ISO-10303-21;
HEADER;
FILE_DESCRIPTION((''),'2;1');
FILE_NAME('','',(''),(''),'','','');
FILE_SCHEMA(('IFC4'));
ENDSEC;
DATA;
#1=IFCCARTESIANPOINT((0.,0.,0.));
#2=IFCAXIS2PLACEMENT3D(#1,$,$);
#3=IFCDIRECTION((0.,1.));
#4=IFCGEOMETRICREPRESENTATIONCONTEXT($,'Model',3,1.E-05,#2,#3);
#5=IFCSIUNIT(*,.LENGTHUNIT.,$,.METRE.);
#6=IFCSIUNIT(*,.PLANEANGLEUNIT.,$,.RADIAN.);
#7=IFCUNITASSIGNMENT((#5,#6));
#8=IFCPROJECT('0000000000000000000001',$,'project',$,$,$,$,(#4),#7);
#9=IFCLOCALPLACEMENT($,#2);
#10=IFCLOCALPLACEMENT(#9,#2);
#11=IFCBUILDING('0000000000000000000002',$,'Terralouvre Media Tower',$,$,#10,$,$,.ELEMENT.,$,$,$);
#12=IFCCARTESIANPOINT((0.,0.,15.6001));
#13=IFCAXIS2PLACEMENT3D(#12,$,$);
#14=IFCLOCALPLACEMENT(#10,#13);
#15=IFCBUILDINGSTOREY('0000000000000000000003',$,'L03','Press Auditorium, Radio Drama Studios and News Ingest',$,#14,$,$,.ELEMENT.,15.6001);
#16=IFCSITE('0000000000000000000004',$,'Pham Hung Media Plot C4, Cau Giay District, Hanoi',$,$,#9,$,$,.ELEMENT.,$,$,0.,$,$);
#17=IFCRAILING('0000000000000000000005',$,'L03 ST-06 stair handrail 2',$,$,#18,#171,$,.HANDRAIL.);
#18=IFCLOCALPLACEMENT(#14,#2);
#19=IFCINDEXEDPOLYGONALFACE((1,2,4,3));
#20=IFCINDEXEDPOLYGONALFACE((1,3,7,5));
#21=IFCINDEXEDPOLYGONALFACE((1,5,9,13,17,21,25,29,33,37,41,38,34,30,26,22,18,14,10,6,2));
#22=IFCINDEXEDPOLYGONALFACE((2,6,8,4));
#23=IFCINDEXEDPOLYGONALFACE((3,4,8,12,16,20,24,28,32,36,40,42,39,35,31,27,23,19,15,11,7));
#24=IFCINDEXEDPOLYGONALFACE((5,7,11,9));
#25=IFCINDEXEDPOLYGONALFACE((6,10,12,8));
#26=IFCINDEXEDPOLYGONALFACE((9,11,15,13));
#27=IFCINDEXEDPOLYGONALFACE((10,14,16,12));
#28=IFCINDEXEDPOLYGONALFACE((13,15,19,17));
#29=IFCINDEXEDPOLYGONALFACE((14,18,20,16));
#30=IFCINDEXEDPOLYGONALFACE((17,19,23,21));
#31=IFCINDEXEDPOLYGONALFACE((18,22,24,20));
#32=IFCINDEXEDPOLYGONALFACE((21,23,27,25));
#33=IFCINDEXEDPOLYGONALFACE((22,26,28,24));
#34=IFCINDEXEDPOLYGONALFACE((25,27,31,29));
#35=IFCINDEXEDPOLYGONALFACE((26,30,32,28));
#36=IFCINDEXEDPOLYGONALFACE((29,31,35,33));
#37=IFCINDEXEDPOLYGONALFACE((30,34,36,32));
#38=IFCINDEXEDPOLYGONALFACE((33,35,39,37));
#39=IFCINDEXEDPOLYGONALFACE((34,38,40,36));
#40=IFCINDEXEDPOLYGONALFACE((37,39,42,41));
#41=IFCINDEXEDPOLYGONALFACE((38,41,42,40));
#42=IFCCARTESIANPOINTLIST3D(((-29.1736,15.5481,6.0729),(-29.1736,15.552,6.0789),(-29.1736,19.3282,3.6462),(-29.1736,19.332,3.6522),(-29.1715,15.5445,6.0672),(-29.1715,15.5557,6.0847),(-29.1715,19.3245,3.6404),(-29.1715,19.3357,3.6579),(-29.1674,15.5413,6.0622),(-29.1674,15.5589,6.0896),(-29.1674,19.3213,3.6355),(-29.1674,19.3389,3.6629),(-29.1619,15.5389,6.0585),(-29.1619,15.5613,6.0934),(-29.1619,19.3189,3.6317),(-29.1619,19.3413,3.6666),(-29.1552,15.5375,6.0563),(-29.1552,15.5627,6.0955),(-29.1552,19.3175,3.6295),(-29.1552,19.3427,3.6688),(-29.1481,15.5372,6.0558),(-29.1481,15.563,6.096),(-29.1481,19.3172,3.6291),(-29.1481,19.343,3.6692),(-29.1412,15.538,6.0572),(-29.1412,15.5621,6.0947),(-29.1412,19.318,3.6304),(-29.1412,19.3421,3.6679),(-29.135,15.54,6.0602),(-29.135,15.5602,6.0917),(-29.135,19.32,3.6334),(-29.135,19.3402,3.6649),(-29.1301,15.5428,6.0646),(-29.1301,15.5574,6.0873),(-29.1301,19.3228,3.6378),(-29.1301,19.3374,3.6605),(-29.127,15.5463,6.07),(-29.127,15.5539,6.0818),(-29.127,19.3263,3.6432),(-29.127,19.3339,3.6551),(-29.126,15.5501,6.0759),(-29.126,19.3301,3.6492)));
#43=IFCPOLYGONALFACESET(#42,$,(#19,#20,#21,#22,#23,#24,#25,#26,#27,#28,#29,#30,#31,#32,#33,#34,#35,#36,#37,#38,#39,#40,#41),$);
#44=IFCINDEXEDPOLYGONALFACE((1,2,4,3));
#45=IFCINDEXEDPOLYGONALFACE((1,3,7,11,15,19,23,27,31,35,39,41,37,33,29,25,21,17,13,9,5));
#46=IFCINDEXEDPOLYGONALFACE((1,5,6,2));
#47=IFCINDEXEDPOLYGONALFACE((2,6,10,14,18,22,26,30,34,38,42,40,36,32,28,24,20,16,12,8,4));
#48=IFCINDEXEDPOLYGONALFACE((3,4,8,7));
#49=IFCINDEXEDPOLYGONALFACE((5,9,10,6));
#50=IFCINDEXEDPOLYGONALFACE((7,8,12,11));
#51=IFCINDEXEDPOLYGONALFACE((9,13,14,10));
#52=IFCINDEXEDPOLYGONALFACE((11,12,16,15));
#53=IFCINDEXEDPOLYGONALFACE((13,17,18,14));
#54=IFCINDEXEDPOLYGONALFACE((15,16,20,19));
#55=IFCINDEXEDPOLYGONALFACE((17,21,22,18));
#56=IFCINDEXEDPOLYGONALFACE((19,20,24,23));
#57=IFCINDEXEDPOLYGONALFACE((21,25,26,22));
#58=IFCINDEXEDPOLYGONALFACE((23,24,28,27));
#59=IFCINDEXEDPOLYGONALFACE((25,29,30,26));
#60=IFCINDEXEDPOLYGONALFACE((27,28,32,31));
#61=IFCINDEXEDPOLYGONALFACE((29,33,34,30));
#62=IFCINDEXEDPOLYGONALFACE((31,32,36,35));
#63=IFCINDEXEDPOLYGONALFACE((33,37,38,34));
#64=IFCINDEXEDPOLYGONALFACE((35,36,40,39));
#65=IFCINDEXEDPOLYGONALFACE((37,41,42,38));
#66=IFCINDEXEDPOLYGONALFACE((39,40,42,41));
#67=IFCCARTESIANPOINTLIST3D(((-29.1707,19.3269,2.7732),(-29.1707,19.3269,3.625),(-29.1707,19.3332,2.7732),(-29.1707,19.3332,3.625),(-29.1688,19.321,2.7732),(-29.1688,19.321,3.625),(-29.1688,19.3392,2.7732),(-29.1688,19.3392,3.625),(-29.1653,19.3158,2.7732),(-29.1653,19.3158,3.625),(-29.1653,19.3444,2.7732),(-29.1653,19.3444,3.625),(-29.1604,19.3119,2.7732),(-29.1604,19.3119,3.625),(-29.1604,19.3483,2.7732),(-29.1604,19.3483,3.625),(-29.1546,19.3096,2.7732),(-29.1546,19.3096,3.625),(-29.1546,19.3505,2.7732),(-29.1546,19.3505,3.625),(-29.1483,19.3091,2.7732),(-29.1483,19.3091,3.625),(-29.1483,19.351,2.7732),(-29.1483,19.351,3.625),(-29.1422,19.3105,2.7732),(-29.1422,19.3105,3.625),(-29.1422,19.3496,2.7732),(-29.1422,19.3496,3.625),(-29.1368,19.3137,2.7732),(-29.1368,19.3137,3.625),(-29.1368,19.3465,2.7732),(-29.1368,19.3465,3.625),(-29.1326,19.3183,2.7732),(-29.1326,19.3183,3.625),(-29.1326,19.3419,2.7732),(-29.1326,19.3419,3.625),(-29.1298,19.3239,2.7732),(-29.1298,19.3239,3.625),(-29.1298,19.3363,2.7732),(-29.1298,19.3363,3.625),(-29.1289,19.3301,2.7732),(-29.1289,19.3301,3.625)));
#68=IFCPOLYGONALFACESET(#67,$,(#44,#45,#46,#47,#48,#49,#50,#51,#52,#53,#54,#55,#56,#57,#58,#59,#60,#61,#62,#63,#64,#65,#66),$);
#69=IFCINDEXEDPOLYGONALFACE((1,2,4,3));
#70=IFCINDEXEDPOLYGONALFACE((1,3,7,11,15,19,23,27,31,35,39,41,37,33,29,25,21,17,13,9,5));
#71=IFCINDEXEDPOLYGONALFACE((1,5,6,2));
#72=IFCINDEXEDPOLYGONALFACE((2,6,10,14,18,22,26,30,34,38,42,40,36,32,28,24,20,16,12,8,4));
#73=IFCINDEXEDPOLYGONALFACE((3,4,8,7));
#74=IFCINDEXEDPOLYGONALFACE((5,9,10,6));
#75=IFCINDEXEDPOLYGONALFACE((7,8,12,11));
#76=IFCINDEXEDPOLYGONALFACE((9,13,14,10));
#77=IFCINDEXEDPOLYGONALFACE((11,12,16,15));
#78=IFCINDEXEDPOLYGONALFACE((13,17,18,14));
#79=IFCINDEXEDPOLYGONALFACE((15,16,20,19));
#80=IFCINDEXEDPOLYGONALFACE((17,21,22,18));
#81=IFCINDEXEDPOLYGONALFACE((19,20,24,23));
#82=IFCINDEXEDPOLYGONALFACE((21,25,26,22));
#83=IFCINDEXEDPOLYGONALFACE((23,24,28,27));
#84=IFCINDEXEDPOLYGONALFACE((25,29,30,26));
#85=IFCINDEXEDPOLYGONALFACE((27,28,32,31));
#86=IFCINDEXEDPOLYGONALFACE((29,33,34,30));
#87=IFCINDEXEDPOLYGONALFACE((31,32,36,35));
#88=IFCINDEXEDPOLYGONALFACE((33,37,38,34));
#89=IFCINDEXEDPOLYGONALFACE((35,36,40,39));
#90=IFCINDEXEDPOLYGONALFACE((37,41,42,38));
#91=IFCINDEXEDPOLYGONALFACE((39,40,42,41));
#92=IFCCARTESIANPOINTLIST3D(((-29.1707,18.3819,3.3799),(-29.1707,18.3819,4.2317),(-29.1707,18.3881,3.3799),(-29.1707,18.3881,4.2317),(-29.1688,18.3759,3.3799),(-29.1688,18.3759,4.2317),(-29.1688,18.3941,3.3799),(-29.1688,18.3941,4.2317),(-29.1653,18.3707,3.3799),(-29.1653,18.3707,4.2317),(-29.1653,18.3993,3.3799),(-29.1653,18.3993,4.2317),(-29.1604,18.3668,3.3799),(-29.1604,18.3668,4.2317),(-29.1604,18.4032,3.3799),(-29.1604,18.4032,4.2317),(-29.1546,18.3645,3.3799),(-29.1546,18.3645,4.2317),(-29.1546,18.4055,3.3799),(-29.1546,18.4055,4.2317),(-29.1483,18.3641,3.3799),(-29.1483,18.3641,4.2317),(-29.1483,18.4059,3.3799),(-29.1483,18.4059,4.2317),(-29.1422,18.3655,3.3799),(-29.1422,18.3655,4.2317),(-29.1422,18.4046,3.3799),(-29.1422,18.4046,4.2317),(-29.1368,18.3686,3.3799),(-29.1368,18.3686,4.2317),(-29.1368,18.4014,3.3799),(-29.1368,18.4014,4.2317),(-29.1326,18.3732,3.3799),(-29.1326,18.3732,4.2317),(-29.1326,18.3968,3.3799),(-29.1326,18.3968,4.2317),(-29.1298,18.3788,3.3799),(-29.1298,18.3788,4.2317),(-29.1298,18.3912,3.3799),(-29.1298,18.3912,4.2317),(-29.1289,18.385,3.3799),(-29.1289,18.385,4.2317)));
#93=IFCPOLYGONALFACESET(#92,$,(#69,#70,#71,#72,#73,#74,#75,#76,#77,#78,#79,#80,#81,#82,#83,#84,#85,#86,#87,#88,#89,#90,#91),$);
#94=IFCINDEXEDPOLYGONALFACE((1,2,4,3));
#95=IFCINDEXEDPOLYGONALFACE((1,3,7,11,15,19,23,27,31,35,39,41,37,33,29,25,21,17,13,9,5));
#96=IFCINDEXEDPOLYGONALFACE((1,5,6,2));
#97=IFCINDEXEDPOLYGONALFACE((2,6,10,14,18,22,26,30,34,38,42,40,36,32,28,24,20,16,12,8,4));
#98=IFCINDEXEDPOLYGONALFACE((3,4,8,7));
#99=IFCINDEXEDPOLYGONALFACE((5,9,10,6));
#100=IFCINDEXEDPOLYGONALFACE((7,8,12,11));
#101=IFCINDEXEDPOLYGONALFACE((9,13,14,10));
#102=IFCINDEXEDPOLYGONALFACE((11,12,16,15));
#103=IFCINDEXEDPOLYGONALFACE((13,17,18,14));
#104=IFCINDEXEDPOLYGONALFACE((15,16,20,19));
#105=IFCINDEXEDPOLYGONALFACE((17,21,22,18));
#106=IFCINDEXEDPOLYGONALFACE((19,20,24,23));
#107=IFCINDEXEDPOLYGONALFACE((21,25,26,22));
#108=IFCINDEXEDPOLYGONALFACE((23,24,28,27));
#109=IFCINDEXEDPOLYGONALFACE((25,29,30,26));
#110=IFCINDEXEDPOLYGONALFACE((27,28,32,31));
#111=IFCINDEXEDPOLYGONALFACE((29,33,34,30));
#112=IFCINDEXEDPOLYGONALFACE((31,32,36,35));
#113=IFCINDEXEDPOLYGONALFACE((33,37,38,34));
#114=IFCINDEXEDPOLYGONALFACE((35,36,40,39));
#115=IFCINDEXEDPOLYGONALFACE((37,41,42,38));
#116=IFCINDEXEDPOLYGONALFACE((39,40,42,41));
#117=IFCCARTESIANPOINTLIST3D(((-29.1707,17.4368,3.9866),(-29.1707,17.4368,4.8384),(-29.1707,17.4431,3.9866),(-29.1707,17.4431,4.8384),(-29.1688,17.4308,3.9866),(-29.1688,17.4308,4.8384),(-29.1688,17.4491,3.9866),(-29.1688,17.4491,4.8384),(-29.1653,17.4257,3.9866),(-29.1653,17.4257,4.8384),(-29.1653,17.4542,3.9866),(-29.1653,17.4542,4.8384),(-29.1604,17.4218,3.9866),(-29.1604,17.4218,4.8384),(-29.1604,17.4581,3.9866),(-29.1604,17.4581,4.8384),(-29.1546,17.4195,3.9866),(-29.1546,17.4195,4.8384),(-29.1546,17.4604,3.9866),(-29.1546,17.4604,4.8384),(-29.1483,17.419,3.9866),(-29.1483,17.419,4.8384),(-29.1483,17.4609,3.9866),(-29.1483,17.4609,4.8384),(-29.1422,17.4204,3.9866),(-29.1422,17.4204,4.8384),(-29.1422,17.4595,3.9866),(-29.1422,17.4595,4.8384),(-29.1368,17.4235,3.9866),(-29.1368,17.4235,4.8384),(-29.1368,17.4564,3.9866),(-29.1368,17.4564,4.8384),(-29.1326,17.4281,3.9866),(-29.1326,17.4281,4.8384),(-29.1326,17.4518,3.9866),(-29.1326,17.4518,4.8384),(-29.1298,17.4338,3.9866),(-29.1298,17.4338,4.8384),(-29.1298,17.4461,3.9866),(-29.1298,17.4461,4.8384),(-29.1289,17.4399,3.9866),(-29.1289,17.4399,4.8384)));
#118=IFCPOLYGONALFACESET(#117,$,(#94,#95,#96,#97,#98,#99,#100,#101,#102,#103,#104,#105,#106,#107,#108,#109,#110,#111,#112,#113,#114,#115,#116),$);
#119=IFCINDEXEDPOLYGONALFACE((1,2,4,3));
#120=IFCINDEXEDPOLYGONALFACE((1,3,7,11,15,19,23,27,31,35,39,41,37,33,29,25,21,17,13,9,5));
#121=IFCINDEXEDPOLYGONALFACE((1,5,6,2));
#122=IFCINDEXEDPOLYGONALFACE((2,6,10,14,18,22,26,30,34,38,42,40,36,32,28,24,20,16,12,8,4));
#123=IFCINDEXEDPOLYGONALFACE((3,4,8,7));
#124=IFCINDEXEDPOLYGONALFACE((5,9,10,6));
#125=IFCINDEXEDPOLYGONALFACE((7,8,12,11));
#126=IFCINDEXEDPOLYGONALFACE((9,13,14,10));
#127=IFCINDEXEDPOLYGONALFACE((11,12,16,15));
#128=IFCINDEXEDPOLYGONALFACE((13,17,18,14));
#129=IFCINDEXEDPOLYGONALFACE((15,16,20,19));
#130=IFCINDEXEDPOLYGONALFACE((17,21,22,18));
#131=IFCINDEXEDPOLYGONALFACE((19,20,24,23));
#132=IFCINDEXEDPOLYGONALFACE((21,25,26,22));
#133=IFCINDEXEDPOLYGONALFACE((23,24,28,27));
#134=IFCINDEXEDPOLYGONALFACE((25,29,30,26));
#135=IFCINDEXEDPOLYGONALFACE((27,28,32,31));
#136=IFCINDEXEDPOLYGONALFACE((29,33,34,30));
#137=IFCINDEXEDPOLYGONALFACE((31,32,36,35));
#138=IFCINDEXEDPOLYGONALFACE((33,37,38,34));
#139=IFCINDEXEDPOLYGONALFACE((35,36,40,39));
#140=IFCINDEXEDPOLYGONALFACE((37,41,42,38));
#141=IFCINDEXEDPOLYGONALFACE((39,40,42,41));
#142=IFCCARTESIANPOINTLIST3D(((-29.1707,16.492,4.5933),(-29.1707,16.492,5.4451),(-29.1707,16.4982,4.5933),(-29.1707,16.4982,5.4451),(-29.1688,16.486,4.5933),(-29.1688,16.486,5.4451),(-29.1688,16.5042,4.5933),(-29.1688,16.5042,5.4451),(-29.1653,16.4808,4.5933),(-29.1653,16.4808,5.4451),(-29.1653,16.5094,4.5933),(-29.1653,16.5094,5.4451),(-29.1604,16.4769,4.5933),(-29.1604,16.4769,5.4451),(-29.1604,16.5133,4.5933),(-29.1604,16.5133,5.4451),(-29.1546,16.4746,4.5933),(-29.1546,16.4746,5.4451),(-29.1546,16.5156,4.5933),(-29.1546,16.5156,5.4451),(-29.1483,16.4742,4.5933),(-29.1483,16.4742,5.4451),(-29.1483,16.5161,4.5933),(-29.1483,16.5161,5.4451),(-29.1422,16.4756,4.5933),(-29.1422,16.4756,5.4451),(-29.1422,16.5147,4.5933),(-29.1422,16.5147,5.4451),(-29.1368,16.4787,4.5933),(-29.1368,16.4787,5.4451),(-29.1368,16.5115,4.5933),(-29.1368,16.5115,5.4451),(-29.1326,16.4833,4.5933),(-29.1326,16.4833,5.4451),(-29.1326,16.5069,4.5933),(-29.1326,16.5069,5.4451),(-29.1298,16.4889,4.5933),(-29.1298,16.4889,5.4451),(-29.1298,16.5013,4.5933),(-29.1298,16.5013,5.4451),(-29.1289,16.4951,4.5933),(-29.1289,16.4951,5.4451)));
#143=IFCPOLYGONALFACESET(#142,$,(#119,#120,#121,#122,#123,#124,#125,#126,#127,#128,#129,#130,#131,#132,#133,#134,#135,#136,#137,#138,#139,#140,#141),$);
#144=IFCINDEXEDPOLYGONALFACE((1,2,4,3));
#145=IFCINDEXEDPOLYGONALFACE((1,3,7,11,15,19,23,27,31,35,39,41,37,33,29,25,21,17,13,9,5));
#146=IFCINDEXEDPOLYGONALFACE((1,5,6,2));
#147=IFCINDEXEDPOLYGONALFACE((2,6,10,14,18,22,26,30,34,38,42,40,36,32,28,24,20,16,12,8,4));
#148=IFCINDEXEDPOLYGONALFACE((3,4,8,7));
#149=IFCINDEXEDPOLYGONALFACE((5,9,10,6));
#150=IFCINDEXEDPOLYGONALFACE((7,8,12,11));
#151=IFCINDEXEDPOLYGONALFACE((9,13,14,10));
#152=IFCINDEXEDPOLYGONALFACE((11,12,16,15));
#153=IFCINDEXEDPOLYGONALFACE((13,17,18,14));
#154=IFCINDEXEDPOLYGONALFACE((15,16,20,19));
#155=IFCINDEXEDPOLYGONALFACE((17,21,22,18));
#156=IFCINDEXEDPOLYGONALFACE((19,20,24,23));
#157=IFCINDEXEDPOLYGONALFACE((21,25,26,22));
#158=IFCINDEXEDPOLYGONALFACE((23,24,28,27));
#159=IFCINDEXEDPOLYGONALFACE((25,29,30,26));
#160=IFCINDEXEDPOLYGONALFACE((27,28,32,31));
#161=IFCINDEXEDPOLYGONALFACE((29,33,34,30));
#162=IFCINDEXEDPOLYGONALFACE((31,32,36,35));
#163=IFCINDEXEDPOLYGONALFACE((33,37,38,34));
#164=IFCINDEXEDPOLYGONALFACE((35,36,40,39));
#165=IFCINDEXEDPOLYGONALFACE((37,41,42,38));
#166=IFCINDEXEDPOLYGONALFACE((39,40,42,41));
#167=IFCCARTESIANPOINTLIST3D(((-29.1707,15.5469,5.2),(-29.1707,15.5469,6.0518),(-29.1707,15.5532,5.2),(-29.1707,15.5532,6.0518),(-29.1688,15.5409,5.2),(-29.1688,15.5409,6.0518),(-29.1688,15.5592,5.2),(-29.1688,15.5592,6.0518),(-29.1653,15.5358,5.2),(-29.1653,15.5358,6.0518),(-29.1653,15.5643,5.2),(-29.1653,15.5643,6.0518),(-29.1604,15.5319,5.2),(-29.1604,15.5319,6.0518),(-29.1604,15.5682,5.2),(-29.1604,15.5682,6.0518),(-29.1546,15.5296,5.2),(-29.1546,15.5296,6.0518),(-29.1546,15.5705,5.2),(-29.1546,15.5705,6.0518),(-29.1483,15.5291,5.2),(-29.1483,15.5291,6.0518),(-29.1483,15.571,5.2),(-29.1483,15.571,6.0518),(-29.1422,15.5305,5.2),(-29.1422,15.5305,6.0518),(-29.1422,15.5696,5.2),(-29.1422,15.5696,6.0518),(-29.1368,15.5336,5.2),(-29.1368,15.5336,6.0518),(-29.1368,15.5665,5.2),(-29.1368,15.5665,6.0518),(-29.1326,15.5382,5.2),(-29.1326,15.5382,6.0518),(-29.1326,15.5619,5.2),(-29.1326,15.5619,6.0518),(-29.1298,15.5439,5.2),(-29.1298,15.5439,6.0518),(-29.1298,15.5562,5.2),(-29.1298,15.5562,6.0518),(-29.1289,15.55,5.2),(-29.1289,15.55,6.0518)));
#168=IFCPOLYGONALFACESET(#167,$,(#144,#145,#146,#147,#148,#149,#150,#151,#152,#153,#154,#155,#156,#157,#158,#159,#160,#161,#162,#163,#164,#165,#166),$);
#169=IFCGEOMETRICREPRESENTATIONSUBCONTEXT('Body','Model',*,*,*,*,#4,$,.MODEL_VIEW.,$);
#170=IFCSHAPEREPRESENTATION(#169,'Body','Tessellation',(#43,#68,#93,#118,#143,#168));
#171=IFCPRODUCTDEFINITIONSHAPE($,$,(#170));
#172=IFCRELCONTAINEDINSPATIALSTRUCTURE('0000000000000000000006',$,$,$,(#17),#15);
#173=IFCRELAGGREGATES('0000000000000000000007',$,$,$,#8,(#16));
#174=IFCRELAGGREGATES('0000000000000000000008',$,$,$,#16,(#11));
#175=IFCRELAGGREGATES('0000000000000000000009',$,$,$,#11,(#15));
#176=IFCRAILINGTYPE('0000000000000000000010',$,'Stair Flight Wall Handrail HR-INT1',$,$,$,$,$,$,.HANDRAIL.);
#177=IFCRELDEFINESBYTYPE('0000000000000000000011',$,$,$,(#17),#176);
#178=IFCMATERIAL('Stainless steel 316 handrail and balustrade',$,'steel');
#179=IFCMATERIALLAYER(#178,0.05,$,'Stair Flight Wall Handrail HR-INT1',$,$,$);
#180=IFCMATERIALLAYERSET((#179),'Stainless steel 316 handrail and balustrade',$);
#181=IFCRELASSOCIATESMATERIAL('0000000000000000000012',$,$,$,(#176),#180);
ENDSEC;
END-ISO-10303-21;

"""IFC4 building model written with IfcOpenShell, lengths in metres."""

from ifc_helpers import new_model, si_unit, direction, frame, origin, origin_2d, place, context, subcontext, project, spatial, circle, extrude, material, layer, layer_set, type_object, element, save


model = new_model("IFC4")

# Units and contexts
model_context = context("Model", 3, precision=1e-05, world=origin(), true_north=direction((0.0, 1.0)))
body_context = subcontext(model_context, "Body", "Model", "MODEL_VIEW")
ifc_project = project(units=[si_unit("LENGTHUNIT", "METRE"), si_unit("PLANEANGLEUNIT", "RADIAN")], contexts=[model_context])

# Site, building, storey
site_placement = place(None, origin())
site = spatial("IfcSite", under=ifc_project, at=site_placement, Name="Pham Hung Media Plot C4, Cau Giay District, Hanoi", CompositionType="ELEMENT", RefElevation=0.0)
building_placement = place(site_placement, origin())
building = spatial("IfcBuilding", under=site, at=building_placement, Name="Terralouvre Media Tower", CompositionType="ELEMENT")
storey_placement = place(building_placement, frame((0.0, 0.0, 15.6001)))
storey = spatial("IfcBuildingStorey", under=building, at=storey_placement, Name="L03", Description="Press Auditorium, Radio Drama Studios and News Ingest", CompositionType="ELEMENT", Elevation=15.6001)

# Railing
ifc_material_1 = material(Name="Stainless steel 316 handrail and balustrade", Category="steel")
ifc_layer_1 = layer(ifc_material_1, 0.05, Name="Stair Flight Wall Handrail HR-INT1")
ifc_layer_set_1 = layer_set([ifc_layer_1], Name="Stainless steel 316 handrail and balustrade")
railing_type_1 = type_object("IfcRailingType", Name="Stair Flight Wall Handrail HR-INT1", PredefinedType="HANDRAIL", material=ifc_layer_set_1)
railing_1_placement = place(storey_placement, frame((-29.1499, 19.3301, 2.7732)))
element("IfcRailing", 1, at=railing_1_placement, inside=storey, type_object=railing_type_1, Name="L03 ST-06 stair handrail 2", PredefinedType="HANDRAIL", context=body_context, shape_type="SweptSolid", body=[
    extrude(circle(Radius=0.0239, at=origin_2d()), frame((0.0, 0.0, 0.876), z_axis=(0.0, -0.841509, 0.540244), x_axis=(1.0, 0.0, 0.0)), (0.0, 0.0, 1.0), 4.4919),
    extrude(circle(Radius=0.021, at=origin_2d()), origin(), (0.0, 0.0, 1.0), 0.8518),
    extrude(circle(Radius=0.021, at=origin_2d()), frame((0.0, -0.9451, 0.6067)), (0.0, 0.0, 1.0), 0.8518),
    extrude(circle(Radius=0.021, at=origin_2d()), frame((0.0, -1.8901, 1.2134)), (0.0, 0.0, 1.0), 0.8518),
    extrude(circle(Radius=0.021, at=origin_2d()), frame((0.0, -2.835, 1.8201)), (0.0, 0.0, 1.0), 0.8518),
    extrude(circle(Radius=0.021, at=origin_2d()), frame((0.0, -3.78, 2.4268)), (0.0, 0.0, 1.0), 0.8518),
])

save(model, "model.ifc")
